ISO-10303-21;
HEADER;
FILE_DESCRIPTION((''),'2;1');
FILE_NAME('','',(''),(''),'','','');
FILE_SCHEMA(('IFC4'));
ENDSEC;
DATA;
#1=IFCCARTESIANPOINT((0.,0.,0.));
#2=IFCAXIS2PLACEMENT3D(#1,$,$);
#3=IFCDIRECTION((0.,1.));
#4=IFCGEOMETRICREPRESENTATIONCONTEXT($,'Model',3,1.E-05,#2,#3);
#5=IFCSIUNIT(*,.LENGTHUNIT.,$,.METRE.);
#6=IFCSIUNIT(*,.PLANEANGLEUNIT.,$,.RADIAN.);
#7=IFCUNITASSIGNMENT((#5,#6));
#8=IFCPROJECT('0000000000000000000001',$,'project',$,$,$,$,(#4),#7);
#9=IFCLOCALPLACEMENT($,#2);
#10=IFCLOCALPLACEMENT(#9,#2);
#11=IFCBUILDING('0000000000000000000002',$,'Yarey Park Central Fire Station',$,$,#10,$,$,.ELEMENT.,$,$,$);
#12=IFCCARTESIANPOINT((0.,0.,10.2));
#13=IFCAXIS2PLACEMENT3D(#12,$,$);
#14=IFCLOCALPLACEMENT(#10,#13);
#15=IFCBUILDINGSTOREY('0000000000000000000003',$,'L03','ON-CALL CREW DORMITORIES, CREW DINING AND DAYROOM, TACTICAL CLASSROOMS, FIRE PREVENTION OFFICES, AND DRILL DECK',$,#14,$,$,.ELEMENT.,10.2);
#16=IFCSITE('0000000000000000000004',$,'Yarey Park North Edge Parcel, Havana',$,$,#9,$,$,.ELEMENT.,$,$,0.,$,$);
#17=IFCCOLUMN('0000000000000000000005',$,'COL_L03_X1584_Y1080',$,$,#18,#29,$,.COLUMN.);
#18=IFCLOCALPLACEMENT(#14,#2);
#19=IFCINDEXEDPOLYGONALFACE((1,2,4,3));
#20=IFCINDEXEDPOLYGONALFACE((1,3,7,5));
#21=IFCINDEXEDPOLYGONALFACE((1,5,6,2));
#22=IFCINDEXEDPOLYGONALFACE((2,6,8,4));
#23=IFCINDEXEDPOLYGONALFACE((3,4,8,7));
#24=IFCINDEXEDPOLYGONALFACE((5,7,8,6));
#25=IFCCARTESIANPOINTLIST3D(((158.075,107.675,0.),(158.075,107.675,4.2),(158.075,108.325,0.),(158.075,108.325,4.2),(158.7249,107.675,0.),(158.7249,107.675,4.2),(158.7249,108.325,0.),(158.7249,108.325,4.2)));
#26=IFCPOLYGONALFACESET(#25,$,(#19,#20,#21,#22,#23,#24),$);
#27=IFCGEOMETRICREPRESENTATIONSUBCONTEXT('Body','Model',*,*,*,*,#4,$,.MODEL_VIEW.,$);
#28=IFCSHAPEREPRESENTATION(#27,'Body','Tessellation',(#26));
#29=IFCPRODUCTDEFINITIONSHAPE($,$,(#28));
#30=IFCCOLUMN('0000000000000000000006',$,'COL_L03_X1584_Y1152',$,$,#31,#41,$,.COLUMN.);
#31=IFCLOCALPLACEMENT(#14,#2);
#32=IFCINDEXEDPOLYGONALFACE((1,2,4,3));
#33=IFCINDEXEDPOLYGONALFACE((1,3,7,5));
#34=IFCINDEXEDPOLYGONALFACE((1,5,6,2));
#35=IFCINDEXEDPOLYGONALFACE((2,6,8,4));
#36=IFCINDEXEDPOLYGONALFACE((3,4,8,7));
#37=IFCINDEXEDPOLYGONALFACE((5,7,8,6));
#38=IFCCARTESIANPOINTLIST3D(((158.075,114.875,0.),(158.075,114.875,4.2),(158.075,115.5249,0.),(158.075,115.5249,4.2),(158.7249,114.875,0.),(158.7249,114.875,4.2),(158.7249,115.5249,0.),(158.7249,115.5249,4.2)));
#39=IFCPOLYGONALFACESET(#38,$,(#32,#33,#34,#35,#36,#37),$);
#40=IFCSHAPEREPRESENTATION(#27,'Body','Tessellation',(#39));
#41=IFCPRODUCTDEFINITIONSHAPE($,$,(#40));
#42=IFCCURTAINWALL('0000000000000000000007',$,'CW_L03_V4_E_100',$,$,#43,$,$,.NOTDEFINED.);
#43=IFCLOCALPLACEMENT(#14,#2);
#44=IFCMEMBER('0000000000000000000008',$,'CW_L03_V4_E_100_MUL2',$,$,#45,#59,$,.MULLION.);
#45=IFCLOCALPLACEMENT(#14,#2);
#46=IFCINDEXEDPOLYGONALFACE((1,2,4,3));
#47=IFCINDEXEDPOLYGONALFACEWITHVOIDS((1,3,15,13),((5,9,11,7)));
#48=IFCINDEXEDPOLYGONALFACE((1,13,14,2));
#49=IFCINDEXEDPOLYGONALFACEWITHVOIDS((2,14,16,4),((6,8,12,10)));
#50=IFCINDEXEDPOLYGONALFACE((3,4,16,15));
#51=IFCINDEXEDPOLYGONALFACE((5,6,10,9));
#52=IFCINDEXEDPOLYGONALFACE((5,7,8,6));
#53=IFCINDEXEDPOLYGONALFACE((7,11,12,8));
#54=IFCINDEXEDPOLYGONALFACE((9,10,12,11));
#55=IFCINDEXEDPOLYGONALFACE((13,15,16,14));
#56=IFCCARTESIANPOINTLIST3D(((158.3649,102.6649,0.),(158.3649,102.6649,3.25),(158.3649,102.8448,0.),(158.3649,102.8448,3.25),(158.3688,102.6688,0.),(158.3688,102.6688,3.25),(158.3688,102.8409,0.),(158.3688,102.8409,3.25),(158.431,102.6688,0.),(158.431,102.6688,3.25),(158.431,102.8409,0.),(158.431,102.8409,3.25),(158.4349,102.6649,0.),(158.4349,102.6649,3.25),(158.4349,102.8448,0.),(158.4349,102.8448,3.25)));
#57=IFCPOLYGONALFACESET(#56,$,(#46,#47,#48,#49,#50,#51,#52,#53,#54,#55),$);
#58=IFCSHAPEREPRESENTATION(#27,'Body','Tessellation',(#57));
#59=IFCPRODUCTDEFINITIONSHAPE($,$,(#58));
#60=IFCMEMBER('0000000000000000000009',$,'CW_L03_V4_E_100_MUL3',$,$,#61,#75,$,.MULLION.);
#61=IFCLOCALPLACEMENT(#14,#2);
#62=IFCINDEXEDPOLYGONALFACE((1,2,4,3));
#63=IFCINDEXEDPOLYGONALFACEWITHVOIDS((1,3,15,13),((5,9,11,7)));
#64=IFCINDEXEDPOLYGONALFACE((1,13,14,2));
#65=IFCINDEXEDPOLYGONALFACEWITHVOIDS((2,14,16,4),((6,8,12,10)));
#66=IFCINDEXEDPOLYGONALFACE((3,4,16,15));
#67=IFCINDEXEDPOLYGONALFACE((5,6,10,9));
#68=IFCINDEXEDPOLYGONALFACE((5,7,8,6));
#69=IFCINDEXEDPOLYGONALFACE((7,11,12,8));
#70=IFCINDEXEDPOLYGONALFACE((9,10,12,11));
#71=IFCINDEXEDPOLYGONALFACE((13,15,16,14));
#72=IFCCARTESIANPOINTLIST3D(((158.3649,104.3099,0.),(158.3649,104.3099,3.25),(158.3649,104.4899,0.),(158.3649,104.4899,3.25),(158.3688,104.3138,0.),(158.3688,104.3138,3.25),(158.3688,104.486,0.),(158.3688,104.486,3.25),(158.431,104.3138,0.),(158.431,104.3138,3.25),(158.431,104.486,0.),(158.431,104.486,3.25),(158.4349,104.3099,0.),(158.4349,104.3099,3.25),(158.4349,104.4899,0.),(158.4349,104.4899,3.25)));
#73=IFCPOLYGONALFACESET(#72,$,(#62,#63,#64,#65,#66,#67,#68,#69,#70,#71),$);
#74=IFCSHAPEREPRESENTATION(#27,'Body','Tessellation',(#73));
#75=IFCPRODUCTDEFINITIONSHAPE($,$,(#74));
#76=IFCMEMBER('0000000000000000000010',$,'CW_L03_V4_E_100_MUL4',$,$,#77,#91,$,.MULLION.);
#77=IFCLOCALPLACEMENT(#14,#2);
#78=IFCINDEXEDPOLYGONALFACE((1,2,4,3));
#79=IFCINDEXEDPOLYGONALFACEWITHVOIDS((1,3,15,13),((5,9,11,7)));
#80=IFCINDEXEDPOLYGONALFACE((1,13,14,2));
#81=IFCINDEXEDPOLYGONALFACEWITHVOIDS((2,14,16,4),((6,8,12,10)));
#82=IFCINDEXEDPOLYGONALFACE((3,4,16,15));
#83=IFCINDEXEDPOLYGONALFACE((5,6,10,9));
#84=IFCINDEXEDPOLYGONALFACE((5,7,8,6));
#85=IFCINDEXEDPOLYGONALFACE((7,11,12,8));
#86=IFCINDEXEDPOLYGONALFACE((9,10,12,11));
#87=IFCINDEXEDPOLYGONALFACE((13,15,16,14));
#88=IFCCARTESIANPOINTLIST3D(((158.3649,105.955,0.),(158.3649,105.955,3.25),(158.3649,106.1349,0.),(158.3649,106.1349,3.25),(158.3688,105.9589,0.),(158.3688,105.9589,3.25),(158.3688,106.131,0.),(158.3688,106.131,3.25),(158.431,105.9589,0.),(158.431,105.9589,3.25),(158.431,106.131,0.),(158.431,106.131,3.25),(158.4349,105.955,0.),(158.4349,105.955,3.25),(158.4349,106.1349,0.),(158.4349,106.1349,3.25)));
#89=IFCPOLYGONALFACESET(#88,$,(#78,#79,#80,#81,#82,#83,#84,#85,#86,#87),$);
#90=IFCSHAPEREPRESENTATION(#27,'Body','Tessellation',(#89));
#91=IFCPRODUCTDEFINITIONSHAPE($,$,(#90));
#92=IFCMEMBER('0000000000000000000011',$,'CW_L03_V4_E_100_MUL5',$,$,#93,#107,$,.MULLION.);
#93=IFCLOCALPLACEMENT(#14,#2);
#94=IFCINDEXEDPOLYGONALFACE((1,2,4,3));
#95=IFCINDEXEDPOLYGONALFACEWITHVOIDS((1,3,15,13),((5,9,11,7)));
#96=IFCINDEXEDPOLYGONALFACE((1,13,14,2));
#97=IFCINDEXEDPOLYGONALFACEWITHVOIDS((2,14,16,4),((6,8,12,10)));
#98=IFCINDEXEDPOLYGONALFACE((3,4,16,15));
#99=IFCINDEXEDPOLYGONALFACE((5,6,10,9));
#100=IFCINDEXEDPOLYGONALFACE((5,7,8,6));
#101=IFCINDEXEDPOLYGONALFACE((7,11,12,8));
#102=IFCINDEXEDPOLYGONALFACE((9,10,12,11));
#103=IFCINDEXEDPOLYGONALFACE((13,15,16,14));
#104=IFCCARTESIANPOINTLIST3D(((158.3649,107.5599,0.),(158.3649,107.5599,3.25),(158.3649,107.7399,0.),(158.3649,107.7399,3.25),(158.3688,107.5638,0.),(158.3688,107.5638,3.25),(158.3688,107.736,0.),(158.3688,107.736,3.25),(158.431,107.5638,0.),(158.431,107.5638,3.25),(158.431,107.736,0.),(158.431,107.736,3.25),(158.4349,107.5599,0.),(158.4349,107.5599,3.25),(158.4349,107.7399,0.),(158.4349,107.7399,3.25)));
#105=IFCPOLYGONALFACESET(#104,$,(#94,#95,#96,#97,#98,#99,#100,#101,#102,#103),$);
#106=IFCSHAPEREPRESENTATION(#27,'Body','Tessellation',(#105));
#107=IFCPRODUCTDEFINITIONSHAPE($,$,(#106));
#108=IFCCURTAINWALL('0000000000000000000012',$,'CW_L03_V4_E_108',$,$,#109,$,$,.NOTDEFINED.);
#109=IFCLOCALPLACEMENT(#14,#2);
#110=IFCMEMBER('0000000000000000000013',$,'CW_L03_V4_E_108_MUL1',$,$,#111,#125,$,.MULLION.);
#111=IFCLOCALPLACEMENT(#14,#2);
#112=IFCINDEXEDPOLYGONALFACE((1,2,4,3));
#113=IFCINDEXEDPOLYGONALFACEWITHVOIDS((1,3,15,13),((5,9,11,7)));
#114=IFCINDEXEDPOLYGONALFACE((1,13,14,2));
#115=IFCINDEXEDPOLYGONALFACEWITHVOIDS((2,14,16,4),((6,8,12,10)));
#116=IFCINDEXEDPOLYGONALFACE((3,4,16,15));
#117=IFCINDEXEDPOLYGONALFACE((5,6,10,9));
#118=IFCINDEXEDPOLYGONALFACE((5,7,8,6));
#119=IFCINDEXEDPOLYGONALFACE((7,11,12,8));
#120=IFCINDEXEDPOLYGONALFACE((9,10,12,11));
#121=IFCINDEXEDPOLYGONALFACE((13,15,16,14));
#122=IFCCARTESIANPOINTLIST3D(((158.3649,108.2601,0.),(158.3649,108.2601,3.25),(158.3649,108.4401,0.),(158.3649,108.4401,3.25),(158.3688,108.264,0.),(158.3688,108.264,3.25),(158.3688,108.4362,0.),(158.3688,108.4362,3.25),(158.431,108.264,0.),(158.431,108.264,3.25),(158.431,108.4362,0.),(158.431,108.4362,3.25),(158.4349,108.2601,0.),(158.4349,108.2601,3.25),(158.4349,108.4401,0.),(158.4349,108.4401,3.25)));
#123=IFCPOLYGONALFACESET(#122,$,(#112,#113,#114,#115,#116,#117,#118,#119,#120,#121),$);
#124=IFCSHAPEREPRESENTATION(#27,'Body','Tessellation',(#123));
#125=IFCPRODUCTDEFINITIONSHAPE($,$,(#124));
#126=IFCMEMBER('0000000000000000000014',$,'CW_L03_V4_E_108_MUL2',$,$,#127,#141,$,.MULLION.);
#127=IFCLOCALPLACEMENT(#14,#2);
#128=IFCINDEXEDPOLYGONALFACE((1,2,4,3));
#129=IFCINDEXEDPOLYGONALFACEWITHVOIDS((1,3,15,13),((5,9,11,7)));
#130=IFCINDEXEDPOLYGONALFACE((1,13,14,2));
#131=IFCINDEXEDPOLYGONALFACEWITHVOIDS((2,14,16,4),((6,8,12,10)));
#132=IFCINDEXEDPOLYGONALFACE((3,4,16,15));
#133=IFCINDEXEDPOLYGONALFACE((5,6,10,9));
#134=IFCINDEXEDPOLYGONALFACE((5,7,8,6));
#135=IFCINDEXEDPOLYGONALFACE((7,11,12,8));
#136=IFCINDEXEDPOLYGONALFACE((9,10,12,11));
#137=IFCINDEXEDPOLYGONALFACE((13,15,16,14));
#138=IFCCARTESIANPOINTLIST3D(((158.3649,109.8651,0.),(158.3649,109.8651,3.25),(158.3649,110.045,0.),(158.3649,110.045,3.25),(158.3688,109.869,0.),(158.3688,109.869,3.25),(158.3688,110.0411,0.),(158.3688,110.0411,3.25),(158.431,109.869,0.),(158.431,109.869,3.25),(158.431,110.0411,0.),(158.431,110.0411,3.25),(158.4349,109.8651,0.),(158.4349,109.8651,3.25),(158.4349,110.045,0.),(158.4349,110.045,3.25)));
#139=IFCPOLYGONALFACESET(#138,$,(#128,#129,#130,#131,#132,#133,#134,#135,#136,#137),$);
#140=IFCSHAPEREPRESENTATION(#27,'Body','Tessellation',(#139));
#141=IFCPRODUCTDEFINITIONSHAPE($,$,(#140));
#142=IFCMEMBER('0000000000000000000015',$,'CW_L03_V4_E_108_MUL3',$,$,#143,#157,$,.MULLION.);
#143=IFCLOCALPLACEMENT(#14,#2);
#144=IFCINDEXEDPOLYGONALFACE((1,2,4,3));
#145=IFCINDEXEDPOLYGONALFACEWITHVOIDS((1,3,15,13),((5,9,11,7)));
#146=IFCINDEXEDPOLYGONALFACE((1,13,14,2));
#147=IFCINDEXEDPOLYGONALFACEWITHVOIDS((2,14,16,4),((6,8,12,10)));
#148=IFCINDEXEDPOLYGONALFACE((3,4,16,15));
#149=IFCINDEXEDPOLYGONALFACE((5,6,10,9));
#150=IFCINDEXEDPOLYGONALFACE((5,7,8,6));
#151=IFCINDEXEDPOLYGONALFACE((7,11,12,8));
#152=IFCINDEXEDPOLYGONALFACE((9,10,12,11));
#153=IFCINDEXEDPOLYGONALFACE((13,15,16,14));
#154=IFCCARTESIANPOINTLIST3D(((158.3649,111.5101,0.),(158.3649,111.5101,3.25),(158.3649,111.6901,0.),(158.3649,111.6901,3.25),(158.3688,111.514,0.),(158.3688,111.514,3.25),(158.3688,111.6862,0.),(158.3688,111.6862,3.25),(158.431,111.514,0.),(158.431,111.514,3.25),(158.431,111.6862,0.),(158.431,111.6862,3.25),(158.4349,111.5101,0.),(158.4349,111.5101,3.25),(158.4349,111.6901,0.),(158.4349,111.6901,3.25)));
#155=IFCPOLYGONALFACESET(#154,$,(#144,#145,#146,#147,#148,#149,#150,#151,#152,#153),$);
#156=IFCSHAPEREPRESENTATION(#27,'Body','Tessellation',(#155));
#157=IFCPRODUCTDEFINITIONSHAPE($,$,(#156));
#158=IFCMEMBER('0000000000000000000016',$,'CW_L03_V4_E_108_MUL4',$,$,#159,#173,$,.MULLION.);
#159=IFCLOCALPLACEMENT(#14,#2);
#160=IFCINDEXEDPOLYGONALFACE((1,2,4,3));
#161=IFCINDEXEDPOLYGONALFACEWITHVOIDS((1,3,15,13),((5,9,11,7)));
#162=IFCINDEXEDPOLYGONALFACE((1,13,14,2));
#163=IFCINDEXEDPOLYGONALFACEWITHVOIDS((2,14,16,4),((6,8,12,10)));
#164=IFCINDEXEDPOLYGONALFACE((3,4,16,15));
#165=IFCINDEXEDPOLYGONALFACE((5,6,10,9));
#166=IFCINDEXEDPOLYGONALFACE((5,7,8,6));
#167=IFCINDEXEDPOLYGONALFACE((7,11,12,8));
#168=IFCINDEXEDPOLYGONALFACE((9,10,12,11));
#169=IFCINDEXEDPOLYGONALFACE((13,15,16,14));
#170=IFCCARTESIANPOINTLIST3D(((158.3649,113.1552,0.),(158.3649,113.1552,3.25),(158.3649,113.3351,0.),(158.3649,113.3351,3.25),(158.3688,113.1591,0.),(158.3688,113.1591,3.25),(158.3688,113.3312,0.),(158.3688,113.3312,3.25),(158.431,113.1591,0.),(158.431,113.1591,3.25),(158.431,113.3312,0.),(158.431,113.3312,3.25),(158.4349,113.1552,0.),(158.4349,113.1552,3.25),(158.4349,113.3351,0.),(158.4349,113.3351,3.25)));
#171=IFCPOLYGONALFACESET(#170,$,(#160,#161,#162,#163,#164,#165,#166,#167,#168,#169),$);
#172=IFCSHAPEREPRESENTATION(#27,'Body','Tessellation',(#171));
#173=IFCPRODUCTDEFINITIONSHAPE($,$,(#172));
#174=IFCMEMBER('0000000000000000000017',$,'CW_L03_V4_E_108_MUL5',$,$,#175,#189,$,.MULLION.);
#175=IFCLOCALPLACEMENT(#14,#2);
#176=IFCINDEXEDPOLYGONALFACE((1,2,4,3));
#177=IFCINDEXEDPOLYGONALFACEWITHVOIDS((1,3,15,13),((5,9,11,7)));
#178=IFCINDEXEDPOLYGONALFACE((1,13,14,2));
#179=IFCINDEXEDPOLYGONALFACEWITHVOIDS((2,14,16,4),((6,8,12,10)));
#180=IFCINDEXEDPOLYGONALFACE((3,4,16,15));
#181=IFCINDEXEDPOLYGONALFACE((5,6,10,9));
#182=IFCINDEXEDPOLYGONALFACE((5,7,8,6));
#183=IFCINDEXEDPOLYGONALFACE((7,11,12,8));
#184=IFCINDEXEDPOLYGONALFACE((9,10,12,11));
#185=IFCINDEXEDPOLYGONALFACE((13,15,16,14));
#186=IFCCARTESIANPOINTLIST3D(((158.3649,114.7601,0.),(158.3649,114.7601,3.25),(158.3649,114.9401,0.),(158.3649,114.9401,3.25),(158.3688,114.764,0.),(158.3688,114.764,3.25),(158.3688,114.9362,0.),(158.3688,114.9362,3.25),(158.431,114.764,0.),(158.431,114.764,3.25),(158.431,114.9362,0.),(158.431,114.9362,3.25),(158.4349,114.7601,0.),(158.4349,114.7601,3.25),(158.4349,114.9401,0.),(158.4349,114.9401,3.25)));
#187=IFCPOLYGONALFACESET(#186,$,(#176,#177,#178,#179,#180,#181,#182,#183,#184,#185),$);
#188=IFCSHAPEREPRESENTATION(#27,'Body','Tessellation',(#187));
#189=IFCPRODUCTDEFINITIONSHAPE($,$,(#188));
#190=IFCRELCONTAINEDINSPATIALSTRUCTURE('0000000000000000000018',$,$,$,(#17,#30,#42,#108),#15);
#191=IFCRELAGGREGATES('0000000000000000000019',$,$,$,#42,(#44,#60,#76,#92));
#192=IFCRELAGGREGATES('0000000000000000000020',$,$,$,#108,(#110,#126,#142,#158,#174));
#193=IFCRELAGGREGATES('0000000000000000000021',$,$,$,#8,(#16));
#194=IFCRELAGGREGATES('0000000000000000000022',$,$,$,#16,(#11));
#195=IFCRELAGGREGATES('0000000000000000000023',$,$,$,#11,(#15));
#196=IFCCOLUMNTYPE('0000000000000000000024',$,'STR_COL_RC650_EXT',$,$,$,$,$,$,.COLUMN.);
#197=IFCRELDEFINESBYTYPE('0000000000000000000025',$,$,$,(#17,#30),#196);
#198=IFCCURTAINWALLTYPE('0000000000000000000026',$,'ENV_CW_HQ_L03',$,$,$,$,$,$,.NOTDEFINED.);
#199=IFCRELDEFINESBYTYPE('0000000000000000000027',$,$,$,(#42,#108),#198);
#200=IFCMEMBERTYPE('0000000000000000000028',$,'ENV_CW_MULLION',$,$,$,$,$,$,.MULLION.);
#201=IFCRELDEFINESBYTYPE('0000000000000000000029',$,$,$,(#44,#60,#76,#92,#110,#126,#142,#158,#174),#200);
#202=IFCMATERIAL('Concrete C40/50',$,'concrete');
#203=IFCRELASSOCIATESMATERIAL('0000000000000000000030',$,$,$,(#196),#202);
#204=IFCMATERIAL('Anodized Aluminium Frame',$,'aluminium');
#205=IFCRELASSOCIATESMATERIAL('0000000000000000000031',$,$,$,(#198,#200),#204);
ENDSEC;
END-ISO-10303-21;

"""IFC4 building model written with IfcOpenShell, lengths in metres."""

from ifc_helpers import new_model, si_unit, direction, frame, origin, origin_2d, place, context, subcontext, project, spatial, rectangle, hollow_rectangle, extrude, material, material_profile, profile_set, type_object, element, aggregate, save


model = new_model("IFC4")

# Units and contexts
model_context = context("Model", 3, precision=1e-05, world=origin(), true_north=direction((0.0, 1.0)))
body_context = subcontext(model_context, "Body", "Model", "MODEL_VIEW")
ifc_project = project(units=[si_unit("LENGTHUNIT", "METRE"), si_unit("PLANEANGLEUNIT", "RADIAN")], contexts=[model_context])

# Site, building, storey
site_placement = place(None, origin())
site = spatial("IfcSite", under=ifc_project, at=site_placement, Name="Yarey Park North Edge Parcel, Havana", CompositionType="ELEMENT", RefElevation=0.0)
building_placement = place(site_placement, origin())
building = spatial("IfcBuilding", under=site, at=building_placement, Name="Yarey Park Central Fire Station", CompositionType="ELEMENT")
storey_placement = place(building_placement, frame((0.0, 0.0, 10.2)))
storey = spatial("IfcBuildingStorey", under=building, at=storey_placement, Name="L03", Description="ON-CALL CREW DORMITORIES, CREW DINING AND DAYROOM, TACTICAL CLASSROOMS, FIRE PREVENTION OFFICES, AND DRILL DECK", CompositionType="ELEMENT", Elevation=10.2)

# Columns
ifc_material_1 = material(Name="Concrete C40/50", Category="concrete")
ifc_material_profile_1 = material_profile(ifc_material_1, rectangle(XDim=0.6499, YDim=0.6499, at=origin_2d()), Name="RC 650x650")
ifc_profile_set_1 = profile_set([ifc_material_profile_1], Name="Concrete C40/50")
column_type = type_object("IfcColumnType", Name="STR_COL_RC650_EXT", PredefinedType="COLUMN", material=ifc_profile_set_1)
for number, where, z_axis, x_axis, name in (
    (1, (158.3999, 108.0, 0.0), (0.0, 0.0, 1.0), (1.0, 0.0, 0.0), "COL_L03_X1584_Y1080"),
    (2, (158.3999, 115.2, 0.0), (0.0, 0.0, 1.0), (1.0, 0.0, 0.0), "COL_L03_X1584_Y1152"),
):
    element("IfcColumn", number, at=place(storey_placement, frame(where, z_axis=z_axis, x_axis=x_axis)), inside=storey, type_object=column_type, Name=name, PredefinedType="COLUMN", context=body_context, shape_type="SweptSolid", body=[
        extrude(rectangle(XDim=0.6499, YDim=0.6499, at=origin_2d()), origin(), (0.0, 0.0, 1.0), 4.2),
    ])

# Curtain walls, members
ifc_material_2 = material(Name="Anodized Aluminium Frame", Category="aluminium")
curtain_wall_type = type_object("IfcCurtainWallType", Name="ENV_CW_HQ_L03", PredefinedType="NOTDEFINED", material=ifc_material_2)
curtain_wall_1_placement = place(storey_placement, origin())
curtain_wall_1 = element("IfcCurtainWall", 3, at=curtain_wall_1_placement, inside=storey, type_object=curtain_wall_type, Name="CW_L03_V4_E_100", PredefinedType="NOTDEFINED")
ifc_material_profile_2 = material_profile(ifc_material_2, hollow_rectangle(XDim=0.0701, YDim=0.1799, WallThickness=0.0039, at=origin_2d()), Name="ALU 180x70x4")
ifc_profile_set_2 = profile_set([ifc_material_profile_2], Name="Anodized Aluminium Frame")
member_type_1 = type_object("IfcMemberType", Name="ENV_CW_MULLION", PredefinedType="MULLION", material=ifc_profile_set_2)
member_1_placement = place(storey_placement, frame((158.3999, 102.7549, 0.0), z_axis=(0.0, 0.0, 1.0), x_axis=(1.0, 0.0, 0.0)))
member_1 = element("IfcMember", 4, at=member_1_placement, type_object=member_type_1, Name="CW_L03_V4_E_100_MUL2", PredefinedType="MULLION", context=body_context, shape_type="SweptSolid", body=[
    extrude(hollow_rectangle(XDim=0.0701, YDim=0.1799, WallThickness=0.0039, at=origin_2d()), origin(), (0.0, 0.0, 1.0), 3.25),
])
member_2_placement = place(storey_placement, frame((158.3999, 104.3999, 0.0), z_axis=(0.0, 0.0, 1.0), x_axis=(1.0, 0.0, 0.0)))
member_2 = element("IfcMember", 5, at=member_2_placement, type_object=member_type_1, Name="CW_L03_V4_E_100_MUL3", PredefinedType="MULLION", context=body_context, shape_type="SweptSolid", body=[
    extrude(hollow_rectangle(XDim=0.0701, YDim=0.1799, WallThickness=0.0039, at=origin_2d()), origin(), (0.0, 0.0, 1.0), 3.25),
])
member_3_placement = place(storey_placement, frame((158.3999, 106.0449, 0.0), z_axis=(0.0, 0.0, 1.0), x_axis=(1.0, 0.0, 0.0)))
member_3 = element("IfcMember", 6, at=member_3_placement, type_object=member_type_1, Name="CW_L03_V4_E_100_MUL4", PredefinedType="MULLION", context=body_context, shape_type="SweptSolid", body=[
    extrude(hollow_rectangle(XDim=0.0701, YDim=0.1799, WallThickness=0.0039, at=origin_2d()), origin(), (0.0, 0.0, 1.0), 3.25),
])
member_4_placement = place(storey_placement, frame((158.3999, 107.6499, 0.0), z_axis=(0.0, 0.0, 1.0), x_axis=(1.0, 0.0, 0.0)))
member_4 = element("IfcMember", 7, at=member_4_placement, type_object=member_type_1, Name="CW_L03_V4_E_100_MUL5", PredefinedType="MULLION", context=body_context, shape_type="SweptSolid", body=[
    extrude(hollow_rectangle(XDim=0.0701, YDim=0.1799, WallThickness=0.0039, at=origin_2d()), origin(), (0.0, 0.0, 1.0), 3.25),
])
curtain_wall_2_placement = place(storey_placement, origin())
curtain_wall_2 = element("IfcCurtainWall", 8, at=curtain_wall_2_placement, inside=storey, type_object=curtain_wall_type, Name="CW_L03_V4_E_108", PredefinedType="NOTDEFINED")
member_5_placement = place(storey_placement, frame((158.3999, 108.3501, 0.0), z_axis=(0.0, 0.0, 1.0), x_axis=(1.0, 0.0, 0.0)))
member_5 = element("IfcMember", 9, at=member_5_placement, type_object=member_type_1, Name="CW_L03_V4_E_108_MUL1", PredefinedType="MULLION", context=body_context, shape_type="SweptSolid", body=[
    extrude(hollow_rectangle(XDim=0.0701, YDim=0.1799, WallThickness=0.0039, at=origin_2d()), origin(), (0.0, 0.0, 1.0), 3.25),
])
member_6_placement = place(storey_placement, frame((158.3999, 109.9551, 0.0), z_axis=(0.0, 0.0, 1.0), x_axis=(1.0, 0.0, 0.0)))
member_6 = element("IfcMember", 10, at=member_6_placement, type_object=member_type_1, Name="CW_L03_V4_E_108_MUL2", PredefinedType="MULLION", context=body_context, shape_type="SweptSolid", body=[
    extrude(hollow_rectangle(XDim=0.0701, YDim=0.1799, WallThickness=0.0039, at=origin_2d()), origin(), (0.0, 0.0, 1.0), 3.25),
])
member_7_placement = place(storey_placement, frame((158.3999, 111.6001, 0.0), z_axis=(0.0, 0.0, 1.0), x_axis=(1.0, 0.0, 0.0)))
member_7 = element("IfcMember", 11, at=member_7_placement, type_object=member_type_1, Name="CW_L03_V4_E_108_MUL3", PredefinedType="MULLION", context=body_context, shape_type="SweptSolid", body=[
    extrude(hollow_rectangle(XDim=0.0701, YDim=0.1799, WallThickness=0.0039, at=origin_2d()), origin(), (0.0, 0.0, 1.0), 3.25),
])
member_8_placement = place(storey_placement, frame((158.3999, 113.2451, 0.0), z_axis=(0.0, 0.0, 1.0), x_axis=(1.0, 0.0, 0.0)))
member_8 = element("IfcMember", 12, at=member_8_placement, type_object=member_type_1, Name="CW_L03_V4_E_108_MUL4", PredefinedType="MULLION", context=body_context, shape_type="SweptSolid", body=[
    extrude(hollow_rectangle(XDim=0.0701, YDim=0.1799, WallThickness=0.0039, at=origin_2d()), origin(), (0.0, 0.0, 1.0), 3.25),
])
member_9_placement = place(storey_placement, frame((158.3999, 114.8501, 0.0), z_axis=(0.0, 0.0, 1.0), x_axis=(1.0, 0.0, 0.0)))
member_9 = element("IfcMember", 13, at=member_9_placement, type_object=member_type_1, Name="CW_L03_V4_E_108_MUL5", PredefinedType="MULLION", context=body_context, shape_type="SweptSolid", body=[
    extrude(hollow_rectangle(XDim=0.0701, YDim=0.1799, WallThickness=0.0039, at=origin_2d()), origin(), (0.0, 0.0, 1.0), 3.25),
])

aggregate(curtain_wall_1, [member_1, member_2, member_3, member_4])
aggregate(curtain_wall_2, [member_5, member_6, member_7, member_8, member_9])

save(model, "model.ifc")
